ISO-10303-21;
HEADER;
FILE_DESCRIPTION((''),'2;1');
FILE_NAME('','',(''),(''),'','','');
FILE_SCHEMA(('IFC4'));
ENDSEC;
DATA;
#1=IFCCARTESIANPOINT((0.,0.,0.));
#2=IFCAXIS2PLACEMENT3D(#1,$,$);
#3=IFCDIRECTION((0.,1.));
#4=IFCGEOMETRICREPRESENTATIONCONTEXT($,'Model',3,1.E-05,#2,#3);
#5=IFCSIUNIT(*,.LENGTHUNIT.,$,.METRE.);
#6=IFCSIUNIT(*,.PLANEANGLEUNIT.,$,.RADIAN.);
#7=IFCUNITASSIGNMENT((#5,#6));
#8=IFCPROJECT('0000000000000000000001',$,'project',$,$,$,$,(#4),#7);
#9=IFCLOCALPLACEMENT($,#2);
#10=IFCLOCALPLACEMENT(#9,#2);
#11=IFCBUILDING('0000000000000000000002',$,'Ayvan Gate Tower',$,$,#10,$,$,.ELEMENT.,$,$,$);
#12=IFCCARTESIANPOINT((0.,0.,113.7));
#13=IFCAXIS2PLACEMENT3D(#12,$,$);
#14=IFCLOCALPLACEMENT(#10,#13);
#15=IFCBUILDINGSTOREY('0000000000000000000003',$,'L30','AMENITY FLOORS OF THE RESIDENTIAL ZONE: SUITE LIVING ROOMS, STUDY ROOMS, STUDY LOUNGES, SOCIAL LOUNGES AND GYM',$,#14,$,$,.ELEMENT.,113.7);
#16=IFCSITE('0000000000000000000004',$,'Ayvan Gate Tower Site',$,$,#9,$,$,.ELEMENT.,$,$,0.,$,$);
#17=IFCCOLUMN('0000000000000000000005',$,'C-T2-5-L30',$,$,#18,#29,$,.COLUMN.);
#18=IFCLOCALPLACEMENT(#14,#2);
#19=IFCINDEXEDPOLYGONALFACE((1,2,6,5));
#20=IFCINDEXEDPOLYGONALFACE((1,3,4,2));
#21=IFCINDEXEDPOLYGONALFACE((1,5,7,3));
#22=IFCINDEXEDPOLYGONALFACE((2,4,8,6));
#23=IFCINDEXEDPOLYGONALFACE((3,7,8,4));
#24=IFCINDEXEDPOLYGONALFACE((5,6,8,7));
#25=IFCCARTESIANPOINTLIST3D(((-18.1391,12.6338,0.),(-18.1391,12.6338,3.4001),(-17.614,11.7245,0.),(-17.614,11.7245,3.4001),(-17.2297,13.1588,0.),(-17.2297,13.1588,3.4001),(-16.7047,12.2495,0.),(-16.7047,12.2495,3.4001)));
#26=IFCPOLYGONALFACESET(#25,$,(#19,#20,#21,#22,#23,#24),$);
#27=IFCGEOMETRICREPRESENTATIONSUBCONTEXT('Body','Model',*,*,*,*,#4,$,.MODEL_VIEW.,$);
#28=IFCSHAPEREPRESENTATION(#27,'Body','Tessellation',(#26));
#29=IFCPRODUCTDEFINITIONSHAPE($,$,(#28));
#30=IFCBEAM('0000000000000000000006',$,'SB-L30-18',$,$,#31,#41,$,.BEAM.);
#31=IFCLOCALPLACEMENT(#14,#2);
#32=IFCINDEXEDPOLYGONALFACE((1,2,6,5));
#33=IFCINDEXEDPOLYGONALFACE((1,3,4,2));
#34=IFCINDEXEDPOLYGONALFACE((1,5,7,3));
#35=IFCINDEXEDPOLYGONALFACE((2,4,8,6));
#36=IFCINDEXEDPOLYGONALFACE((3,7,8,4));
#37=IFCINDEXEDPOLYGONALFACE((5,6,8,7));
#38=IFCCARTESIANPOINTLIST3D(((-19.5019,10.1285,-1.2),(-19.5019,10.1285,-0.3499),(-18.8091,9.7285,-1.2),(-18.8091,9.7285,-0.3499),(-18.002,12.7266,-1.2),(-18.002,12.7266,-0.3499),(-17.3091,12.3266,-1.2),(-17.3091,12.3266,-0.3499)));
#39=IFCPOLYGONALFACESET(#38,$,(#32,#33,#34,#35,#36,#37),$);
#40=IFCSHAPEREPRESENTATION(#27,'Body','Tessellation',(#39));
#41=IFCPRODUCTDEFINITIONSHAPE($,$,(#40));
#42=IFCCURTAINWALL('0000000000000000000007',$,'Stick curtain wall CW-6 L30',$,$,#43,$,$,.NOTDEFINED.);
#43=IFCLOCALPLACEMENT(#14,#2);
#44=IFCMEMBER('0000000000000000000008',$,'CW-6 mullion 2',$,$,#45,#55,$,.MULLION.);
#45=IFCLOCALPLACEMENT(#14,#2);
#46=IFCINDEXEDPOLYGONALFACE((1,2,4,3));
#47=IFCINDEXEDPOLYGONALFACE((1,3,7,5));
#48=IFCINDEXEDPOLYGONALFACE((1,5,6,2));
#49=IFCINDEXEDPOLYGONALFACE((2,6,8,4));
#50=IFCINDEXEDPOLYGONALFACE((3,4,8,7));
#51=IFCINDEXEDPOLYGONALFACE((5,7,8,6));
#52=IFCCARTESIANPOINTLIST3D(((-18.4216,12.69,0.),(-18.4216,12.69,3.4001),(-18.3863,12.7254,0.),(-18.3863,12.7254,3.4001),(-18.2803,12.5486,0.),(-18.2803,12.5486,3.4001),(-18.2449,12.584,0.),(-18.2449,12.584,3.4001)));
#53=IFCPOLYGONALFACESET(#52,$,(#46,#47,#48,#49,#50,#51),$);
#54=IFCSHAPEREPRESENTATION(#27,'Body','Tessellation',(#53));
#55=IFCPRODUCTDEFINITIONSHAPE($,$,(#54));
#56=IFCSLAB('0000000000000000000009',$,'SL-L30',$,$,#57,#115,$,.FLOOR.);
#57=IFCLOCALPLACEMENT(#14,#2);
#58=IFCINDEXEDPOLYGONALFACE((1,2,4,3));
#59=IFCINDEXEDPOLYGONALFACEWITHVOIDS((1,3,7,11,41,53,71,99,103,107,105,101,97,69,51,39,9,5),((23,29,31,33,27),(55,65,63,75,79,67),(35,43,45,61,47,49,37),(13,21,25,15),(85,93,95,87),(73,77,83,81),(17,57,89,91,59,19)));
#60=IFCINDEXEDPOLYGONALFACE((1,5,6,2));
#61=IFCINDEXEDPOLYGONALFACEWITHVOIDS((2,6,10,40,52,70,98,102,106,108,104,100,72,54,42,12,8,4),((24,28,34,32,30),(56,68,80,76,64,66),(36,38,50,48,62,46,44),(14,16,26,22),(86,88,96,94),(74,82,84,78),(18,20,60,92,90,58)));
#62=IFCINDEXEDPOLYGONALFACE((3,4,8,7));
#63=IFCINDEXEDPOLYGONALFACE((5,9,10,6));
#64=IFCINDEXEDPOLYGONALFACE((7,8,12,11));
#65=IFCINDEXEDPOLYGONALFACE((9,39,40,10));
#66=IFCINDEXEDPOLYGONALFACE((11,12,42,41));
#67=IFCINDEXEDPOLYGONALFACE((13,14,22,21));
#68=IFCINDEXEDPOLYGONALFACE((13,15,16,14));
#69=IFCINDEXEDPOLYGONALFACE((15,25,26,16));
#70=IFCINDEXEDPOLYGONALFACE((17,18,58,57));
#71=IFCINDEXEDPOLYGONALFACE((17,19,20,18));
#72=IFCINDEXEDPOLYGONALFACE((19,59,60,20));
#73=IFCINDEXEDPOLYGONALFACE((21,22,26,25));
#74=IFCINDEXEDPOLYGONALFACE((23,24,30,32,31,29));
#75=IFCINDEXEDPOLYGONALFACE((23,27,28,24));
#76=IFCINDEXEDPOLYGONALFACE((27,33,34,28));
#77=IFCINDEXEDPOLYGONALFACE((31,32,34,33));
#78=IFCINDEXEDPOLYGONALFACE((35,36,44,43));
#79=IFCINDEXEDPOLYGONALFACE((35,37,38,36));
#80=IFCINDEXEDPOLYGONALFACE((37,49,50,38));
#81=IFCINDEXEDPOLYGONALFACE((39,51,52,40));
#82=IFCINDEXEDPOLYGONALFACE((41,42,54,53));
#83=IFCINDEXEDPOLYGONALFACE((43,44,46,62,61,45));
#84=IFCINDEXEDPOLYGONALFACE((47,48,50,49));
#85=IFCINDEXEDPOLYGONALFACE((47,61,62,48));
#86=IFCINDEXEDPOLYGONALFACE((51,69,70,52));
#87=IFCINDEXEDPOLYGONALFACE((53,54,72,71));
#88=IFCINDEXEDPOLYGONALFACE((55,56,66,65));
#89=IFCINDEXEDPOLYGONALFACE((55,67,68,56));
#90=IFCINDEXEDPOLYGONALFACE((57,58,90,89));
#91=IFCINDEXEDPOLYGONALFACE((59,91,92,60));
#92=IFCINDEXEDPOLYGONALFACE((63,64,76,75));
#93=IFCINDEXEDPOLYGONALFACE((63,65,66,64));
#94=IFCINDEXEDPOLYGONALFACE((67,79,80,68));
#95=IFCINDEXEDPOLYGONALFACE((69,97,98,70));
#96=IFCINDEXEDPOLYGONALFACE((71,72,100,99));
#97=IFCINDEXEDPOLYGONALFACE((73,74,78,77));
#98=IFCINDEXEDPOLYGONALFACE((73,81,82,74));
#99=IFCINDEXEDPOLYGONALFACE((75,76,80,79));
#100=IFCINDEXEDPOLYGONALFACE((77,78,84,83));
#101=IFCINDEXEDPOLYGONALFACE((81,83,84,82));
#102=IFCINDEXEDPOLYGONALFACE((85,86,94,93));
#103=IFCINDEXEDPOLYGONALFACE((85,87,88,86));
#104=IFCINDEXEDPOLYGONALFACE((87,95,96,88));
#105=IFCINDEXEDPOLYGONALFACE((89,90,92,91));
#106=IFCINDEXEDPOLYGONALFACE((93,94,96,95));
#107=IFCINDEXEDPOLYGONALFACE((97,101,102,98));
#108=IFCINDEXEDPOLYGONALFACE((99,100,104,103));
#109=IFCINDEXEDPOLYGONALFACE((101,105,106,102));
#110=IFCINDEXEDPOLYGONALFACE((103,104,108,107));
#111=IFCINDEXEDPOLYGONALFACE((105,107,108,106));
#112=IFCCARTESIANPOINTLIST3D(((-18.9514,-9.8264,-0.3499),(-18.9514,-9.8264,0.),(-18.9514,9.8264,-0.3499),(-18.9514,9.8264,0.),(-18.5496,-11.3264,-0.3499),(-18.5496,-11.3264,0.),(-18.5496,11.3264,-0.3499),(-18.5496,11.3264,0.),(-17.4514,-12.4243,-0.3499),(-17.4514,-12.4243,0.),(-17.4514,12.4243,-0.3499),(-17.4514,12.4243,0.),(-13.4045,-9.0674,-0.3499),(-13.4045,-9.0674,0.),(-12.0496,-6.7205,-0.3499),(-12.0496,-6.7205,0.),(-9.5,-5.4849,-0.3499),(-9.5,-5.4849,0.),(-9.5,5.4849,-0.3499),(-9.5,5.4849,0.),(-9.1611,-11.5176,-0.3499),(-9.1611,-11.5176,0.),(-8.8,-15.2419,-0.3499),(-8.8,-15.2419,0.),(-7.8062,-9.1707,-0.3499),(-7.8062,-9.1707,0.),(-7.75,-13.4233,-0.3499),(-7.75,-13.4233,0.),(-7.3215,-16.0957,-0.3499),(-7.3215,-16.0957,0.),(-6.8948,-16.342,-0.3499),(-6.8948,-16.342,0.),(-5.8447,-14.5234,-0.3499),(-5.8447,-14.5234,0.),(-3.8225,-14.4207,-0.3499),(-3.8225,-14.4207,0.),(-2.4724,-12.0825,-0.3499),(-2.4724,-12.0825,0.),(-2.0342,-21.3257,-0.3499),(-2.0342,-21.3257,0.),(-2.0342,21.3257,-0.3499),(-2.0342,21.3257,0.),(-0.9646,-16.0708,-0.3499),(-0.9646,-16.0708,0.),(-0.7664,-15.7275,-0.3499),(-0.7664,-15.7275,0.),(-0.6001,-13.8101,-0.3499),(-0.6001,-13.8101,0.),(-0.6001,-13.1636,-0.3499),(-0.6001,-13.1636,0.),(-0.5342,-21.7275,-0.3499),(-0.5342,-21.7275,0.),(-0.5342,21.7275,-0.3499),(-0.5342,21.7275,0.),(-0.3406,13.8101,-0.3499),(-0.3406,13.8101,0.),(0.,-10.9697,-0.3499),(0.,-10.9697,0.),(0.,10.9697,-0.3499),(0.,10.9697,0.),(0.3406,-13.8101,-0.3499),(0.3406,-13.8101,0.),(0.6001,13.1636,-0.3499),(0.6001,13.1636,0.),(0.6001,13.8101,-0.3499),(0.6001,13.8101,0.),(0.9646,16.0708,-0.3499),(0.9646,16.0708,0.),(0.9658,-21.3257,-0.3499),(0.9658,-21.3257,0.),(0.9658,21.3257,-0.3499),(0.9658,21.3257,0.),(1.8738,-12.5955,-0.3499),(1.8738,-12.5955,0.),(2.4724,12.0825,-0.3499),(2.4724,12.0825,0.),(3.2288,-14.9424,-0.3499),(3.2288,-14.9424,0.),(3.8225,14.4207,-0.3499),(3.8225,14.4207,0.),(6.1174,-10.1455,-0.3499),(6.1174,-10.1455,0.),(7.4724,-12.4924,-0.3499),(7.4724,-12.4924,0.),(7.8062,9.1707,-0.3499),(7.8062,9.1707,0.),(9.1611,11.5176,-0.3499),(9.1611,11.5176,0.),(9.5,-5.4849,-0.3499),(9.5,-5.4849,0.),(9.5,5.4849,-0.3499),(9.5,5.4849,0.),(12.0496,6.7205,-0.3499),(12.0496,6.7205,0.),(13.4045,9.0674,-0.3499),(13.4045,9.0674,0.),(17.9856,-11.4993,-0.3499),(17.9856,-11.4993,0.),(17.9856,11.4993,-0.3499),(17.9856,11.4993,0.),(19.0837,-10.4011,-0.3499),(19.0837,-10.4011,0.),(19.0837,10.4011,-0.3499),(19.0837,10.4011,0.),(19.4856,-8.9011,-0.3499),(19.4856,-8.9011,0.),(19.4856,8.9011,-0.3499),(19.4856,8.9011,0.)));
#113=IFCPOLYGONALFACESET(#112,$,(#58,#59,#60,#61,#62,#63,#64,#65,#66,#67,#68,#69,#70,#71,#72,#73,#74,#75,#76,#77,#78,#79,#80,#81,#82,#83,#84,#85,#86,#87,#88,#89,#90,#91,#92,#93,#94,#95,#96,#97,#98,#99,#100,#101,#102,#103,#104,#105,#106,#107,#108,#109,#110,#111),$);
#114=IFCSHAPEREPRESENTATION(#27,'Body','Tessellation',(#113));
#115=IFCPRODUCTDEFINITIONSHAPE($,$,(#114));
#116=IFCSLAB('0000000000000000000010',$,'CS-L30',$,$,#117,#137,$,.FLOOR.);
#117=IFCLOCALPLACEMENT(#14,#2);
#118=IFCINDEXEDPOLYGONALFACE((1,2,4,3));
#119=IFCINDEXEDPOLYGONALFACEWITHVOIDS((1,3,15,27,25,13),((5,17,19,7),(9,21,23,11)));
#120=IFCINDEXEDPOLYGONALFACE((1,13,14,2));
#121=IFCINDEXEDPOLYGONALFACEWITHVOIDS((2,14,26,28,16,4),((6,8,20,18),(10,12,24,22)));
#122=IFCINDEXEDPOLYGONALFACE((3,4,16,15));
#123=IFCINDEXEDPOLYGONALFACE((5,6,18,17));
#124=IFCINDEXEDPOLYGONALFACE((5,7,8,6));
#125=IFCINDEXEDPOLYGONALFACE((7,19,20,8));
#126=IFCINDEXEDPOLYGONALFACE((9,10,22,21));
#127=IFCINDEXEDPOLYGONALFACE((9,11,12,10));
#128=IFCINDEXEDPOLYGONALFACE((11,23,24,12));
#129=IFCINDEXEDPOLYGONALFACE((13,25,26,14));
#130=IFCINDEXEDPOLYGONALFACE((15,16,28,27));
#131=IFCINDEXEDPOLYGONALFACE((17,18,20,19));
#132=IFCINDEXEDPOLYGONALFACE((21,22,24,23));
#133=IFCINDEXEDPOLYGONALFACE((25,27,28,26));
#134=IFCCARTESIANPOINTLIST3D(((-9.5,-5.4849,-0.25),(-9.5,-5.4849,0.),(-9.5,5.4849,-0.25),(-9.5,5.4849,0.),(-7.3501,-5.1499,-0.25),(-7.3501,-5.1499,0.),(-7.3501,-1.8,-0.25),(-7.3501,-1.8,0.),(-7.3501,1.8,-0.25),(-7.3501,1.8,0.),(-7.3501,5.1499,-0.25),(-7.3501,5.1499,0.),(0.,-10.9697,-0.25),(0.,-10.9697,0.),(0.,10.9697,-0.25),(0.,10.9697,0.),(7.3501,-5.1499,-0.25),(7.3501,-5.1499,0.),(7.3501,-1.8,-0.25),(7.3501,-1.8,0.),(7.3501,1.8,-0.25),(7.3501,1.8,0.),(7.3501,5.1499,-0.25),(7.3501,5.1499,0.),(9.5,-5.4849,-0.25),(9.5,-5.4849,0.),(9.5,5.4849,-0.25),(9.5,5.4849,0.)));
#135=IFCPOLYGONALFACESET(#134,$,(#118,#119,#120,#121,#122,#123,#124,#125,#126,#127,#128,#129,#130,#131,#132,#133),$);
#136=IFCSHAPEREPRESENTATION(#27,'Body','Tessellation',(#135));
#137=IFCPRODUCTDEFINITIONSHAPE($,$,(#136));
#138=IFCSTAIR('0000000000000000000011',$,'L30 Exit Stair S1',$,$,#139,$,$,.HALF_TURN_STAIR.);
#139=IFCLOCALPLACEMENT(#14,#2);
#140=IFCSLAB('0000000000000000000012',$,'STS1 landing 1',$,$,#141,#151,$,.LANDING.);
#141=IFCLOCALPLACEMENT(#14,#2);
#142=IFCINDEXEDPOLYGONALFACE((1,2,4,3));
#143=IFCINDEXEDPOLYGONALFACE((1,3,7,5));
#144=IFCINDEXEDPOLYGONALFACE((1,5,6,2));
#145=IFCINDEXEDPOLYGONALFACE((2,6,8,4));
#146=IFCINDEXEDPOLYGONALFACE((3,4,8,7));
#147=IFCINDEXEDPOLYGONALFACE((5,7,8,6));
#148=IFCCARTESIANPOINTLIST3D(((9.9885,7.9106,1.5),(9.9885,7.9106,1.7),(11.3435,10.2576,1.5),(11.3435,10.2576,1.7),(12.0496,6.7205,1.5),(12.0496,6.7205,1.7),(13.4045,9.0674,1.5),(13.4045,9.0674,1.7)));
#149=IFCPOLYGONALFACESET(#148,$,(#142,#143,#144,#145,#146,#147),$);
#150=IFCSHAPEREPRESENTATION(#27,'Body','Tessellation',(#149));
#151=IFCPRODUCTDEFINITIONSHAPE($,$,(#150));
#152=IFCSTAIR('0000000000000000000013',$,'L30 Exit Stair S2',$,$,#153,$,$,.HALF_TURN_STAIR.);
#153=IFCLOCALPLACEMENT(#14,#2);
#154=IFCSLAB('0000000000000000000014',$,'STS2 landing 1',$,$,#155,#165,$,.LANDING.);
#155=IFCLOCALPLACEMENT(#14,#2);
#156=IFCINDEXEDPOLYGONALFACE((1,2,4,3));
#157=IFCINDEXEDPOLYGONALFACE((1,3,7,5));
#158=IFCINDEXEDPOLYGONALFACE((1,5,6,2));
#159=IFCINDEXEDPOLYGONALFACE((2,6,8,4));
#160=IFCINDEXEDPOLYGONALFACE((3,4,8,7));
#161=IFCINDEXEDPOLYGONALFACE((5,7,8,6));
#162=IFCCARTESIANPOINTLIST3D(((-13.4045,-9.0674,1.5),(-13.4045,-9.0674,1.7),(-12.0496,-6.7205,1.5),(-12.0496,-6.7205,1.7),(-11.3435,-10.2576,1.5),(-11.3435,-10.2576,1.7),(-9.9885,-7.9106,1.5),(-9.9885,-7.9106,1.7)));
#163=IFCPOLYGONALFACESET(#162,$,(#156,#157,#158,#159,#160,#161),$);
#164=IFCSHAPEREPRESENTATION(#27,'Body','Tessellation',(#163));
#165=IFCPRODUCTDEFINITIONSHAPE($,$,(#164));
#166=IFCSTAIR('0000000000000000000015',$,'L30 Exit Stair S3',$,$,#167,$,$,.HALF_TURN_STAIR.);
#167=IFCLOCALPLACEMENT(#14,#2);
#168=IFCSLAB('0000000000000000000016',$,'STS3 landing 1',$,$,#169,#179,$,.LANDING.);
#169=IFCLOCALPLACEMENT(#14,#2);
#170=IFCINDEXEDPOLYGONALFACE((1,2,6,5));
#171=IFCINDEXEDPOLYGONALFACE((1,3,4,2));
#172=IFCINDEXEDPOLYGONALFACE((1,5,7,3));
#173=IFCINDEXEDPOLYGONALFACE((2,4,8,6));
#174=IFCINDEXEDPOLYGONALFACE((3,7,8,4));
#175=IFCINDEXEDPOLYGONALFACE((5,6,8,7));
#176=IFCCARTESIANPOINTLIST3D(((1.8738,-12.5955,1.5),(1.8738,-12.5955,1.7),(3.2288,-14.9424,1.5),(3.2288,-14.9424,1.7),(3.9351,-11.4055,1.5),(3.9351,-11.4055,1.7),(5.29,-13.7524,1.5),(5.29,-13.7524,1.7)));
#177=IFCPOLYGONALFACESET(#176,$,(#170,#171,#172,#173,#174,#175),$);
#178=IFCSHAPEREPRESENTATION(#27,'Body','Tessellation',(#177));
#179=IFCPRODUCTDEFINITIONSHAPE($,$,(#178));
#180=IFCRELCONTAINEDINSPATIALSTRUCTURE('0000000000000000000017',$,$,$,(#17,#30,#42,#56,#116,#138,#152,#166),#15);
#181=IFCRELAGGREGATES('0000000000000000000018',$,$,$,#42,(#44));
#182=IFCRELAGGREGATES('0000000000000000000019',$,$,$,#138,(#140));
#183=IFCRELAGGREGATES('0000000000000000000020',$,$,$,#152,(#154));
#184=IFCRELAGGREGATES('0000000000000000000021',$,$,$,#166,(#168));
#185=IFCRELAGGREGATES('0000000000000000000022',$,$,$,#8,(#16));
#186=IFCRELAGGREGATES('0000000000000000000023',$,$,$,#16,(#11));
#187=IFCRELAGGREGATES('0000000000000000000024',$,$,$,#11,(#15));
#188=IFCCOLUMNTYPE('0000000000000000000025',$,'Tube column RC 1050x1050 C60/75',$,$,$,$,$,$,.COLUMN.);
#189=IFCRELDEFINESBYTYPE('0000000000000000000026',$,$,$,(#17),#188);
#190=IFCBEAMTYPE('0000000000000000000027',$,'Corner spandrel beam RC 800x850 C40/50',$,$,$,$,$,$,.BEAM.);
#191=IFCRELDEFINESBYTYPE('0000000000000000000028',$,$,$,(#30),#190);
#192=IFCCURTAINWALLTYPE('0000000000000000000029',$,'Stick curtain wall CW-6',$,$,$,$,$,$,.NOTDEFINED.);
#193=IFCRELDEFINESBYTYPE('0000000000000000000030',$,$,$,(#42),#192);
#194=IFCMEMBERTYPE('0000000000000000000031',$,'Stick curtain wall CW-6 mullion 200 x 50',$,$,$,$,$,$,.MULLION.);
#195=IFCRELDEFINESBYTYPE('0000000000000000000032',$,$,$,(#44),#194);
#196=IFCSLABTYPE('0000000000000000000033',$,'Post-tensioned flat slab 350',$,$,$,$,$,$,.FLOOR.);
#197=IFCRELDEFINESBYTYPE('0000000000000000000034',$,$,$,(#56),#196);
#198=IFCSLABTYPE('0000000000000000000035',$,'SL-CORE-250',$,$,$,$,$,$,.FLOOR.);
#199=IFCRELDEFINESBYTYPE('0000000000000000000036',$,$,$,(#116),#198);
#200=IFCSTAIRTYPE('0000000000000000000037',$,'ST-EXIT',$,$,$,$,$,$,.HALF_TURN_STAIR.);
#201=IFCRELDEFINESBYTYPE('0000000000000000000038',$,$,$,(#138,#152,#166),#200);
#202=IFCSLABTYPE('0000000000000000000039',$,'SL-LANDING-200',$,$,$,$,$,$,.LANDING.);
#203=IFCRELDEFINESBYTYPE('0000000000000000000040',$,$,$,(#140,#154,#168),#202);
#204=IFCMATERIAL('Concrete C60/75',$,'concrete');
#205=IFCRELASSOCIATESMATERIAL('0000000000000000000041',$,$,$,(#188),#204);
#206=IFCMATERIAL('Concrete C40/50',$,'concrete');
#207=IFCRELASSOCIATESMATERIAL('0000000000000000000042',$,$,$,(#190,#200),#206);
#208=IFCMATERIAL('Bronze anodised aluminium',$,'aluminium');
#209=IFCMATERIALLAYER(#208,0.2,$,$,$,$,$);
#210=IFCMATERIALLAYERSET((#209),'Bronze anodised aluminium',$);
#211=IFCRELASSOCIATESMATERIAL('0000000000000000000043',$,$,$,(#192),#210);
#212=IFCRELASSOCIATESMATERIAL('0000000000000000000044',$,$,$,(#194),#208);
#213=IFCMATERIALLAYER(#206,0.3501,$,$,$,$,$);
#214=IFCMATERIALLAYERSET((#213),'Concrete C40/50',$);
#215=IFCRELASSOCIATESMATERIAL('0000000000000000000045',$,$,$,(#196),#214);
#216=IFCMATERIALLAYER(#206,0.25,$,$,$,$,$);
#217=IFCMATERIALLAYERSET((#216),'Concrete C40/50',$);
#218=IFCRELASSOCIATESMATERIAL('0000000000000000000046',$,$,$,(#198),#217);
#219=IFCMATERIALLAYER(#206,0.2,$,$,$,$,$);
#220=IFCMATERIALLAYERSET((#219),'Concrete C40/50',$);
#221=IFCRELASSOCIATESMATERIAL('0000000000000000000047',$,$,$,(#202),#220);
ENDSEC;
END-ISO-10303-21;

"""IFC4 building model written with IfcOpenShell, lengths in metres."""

from ifc_helpers import new_model, si_unit, direction, frame, origin, origin_2d, place, context, subcontext, project, spatial, polyline, rectangle, outline, extrude, material, layer, layer_set, material_profile, profile_set, type_object, element, aggregate, save


model = new_model("IFC4")

# Units and contexts
model_context = context("Model", 3, precision=1e-05, world=origin(), true_north=direction((0.0, 1.0)))
body_context = subcontext(model_context, "Body", "Model", "MODEL_VIEW")
ifc_project = project(units=[si_unit("LENGTHUNIT", "METRE"), si_unit("PLANEANGLEUNIT", "RADIAN")], contexts=[model_context])

# Site, building, storey
site_placement = place(None, origin())
site = spatial("IfcSite", under=ifc_project, at=site_placement, Name="Ayvan Gate Tower Site", CompositionType="ELEMENT", RefElevation=0.0)
building_placement = place(site_placement, origin())
building = spatial("IfcBuilding", under=site, at=building_placement, Name="Ayvan Gate Tower", CompositionType="ELEMENT")
storey_placement = place(building_placement, frame((0.0, 0.0, 113.7)))
storey = spatial("IfcBuildingStorey", under=building, at=storey_placement, Name="L30", Description="AMENITY FLOORS OF THE RESIDENTIAL ZONE: SUITE LIVING ROOMS, STUDY ROOMS, STUDY LOUNGES, SOCIAL LOUNGES AND GYM", CompositionType="ELEMENT", Elevation=113.7)

# Column
ifc_material_1 = material(Name="Concrete C60/75", Category="concrete")
ifc_material_profile_1 = material_profile(ifc_material_1, rectangle(XDim=1.05, YDim=1.05, at=origin_2d()), Name="RC 1050x1050")
ifc_profile_set_1 = profile_set([ifc_material_profile_1], Name="Concrete C60/75")
column_type = type_object("IfcColumnType", Name="Tube column RC 1050x1050 C60/75", PredefinedType="COLUMN", material=ifc_profile_set_1)
column_placement = place(storey_placement, frame((-17.4219, 12.4417, 0.0), z_axis=(0.0, 0.0, 1.0), x_axis=(-0.5, 0.866025, 0.0)))
element("IfcColumn", 1, at=column_placement, inside=storey, type_object=column_type, Name="C-T2-5-L30", PredefinedType="COLUMN", context=body_context, shape_type="SweptSolid", body=[
    extrude(rectangle(XDim=1.05, YDim=1.05, at=origin_2d()), origin(), (0.0, 0.0, 1.0), 3.4001),
])

# Beam
ifc_material_2 = material(Name="Concrete C40/50", Category="concrete")
ifc_material_profile_2 = material_profile(ifc_material_2, rectangle(XDim=0.8, YDim=0.8501, at=origin_2d()), Name="RC 800x850")
ifc_profile_set_2 = profile_set([ifc_material_profile_2], Name="Concrete C40/50")
beam_type = type_object("IfcBeamType", Name="Corner spandrel beam RC 800x850 C40/50", PredefinedType="BEAM", material=ifc_profile_set_2)
beam_placement = place(storey_placement, frame((-17.6555, 12.5266, -0.7749), z_axis=(-0.49999, -0.866031, 0.0), x_axis=(0.866031, -0.49999, 0.0)))
element("IfcBeam", 2, at=beam_placement, inside=storey, type_object=beam_type, Name="SB-L30-18", PredefinedType="BEAM", context=body_context, shape_type="SweptSolid", body=[
    extrude(rectangle(XDim=0.8, YDim=0.8501, at=origin_2d()), origin(), (0.0, 0.0, 1.0), 3.0),
])

# Curtain wall, member
ifc_material_3 = material(Name="Bronze anodised aluminium", Category="aluminium")
ifc_layer_1 = layer(ifc_material_3, 0.2)
ifc_layer_set_1 = layer_set([ifc_layer_1], Name="Bronze anodised aluminium")
curtain_wall_type = type_object("IfcCurtainWallType", Name="Stick curtain wall CW-6", PredefinedType="NOTDEFINED", material=ifc_layer_set_1)
curtain_wall_placement = place(storey_placement, origin())
curtain_wall = element("IfcCurtainWall", 3, at=curtain_wall_placement, inside=storey, type_object=curtain_wall_type, Name="Stick curtain wall CW-6 L30", PredefinedType="NOTDEFINED")
ifc_material_profile_3 = material_profile(ifc_material_3, rectangle(XDim=0.2, YDim=0.05, at=origin_2d()), Name="Stick curtain wall CW-6 mullion 200 x 50")
ifc_profile_set_3 = profile_set([ifc_material_profile_3], Name="Bronze anodised aluminium")
member_type = type_object("IfcMemberType", Name="Stick curtain wall CW-6 mullion 200 x 50", PredefinedType="MULLION", material=ifc_profile_set_3)
member_placement = place(storey_placement, frame((-18.3333, 12.637, 0.0), z_axis=(0.0, 0.0, 1.0), x_axis=(-0.707107, 0.707107, 0.0)))
member = element("IfcMember", 4, at=member_placement, type_object=member_type, Name="CW-6 mullion 2", PredefinedType="MULLION", context=body_context, shape_type="SweptSolid", body=[
    extrude(rectangle(XDim=0.2, YDim=0.05, at=origin_2d()), origin(), (0.0, 0.0, 1.0), 3.4001),
])
aggregate(curtain_wall, [member])

# Slabs
ifc_layer_2 = layer(ifc_material_2, 0.3501)
ifc_layer_set_2 = layer_set([ifc_layer_2], Name="Concrete C40/50")
slab_type_1 = type_object("IfcSlabType", Name="Post-tensioned flat slab 350", PredefinedType="FLOOR", material=ifc_layer_set_2)
slab_1_placement = place(storey_placement, frame((0.0, 0.0, -0.3499)))
element("IfcSlab", 5, at=slab_1_placement, inside=storey, type_object=slab_type_1, Name="SL-L30", PredefinedType="FLOOR", context=body_context, shape_type="SweptSolid", body=[
    extrude(outline(polyline([(-0.5342, -21.7275), (-2.0342, -21.3257), (-17.4514, -12.4243), (-18.5496, -11.3264), (-18.9514, -9.8264), (-18.9514, 9.8264), (-18.5496, 11.3264), (-17.4514, 12.4243), (-2.0342, 21.3257), (-0.5342, 21.7275), (0.9658, 21.3257), (17.9856, 11.4993), (19.0837, 10.4011), (19.4856, 8.9011), (19.4856, -8.9011), (19.0837, -10.4011), (17.9856, -11.4993), (0.9658, -21.3257), (-0.5342, -21.7275)]), holes=[polyline([(13.4045, 9.0674), (9.1611, 11.5176), (7.8062, 9.1707), (12.0496, 6.7205), (13.4045, 9.0674)]), polyline([(0.0, 10.9697), (-9.5, 5.4849), (-9.5, -5.4849), (0.0, -10.9697), (9.5, -5.4849), (9.5, 5.4849), (0.0, 10.9697)]), polyline([(3.2288, -14.9424), (7.4724, -12.4924), (6.1174, -10.1455), (1.8738, -12.5955), (3.2288, -14.9424)]), polyline([(2.4724, 12.0825), (3.8225, 14.4207), (0.9646, 16.0708), (-0.3406, 13.8101), (0.6001, 13.8101), (0.6001, 13.1636), (2.4724, 12.0825)]), polyline([(0.3406, -13.8101), (-0.6001, -13.8101), (-0.6001, -13.1636), (-2.4724, -12.0825), (-3.8225, -14.4207), (-0.9646, -16.0708), (-0.7664, -15.7275), (0.3406, -13.8101)]), polyline([(-5.8447, -14.5234), (-7.75, -13.4233), (-8.8, -15.2419), (-7.3215, -16.0957), (-6.8948, -16.342), (-5.8447, -14.5234)]), polyline([(-7.8062, -9.1707), (-12.0496, -6.7205), (-13.4045, -9.0674), (-9.1611, -11.5176), (-7.8062, -9.1707)])]), origin(), (0.0, 0.0, 1.0), 0.3499),
])
ifc_layer_3 = layer(ifc_material_2, 0.25)
ifc_layer_set_3 = layer_set([ifc_layer_3], Name="Concrete C40/50")
slab_type_2 = type_object("IfcSlabType", Name="SL-CORE-250", PredefinedType="FLOOR", material=ifc_layer_set_3)
slab_2_placement = place(storey_placement, frame((0.0, 0.0, -0.25)))
element("IfcSlab", 6, at=slab_2_placement, inside=storey, type_object=slab_type_2, Name="CS-L30", PredefinedType="FLOOR", context=body_context, shape_type="SweptSolid", body=[
    extrude(outline(polyline([(9.5, -5.4849), (0.0, -10.9697), (-9.5, -5.4849), (-9.5, 5.4849), (0.0, 10.9697), (9.5, 5.4849), (9.5, -5.4849)]), holes=[polyline([(-7.3501, -1.8), (-7.3501, -5.1499), (7.3501, -5.1499), (7.3501, -1.8), (-7.3501, -1.8)]), polyline([(-7.3501, 5.1499), (-7.3501, 1.8), (7.3501, 1.8), (7.3501, 5.1499), (-7.3501, 5.1499)])]), origin(), (0.0, 0.0, 1.0), 0.25),
])

# Stairs, slabs
stair_type = type_object("IfcStairType", Name="ST-EXIT", PredefinedType="HALF_TURN_STAIR", material=ifc_material_2)
stair_1_placement = place(storey_placement, origin())
stair_1 = element("IfcStair", 7, at=stair_1_placement, inside=storey, type_object=stair_type, Name="L30 Exit Stair S1", PredefinedType="HALF_TURN_STAIR")
ifc_layer_4 = layer(ifc_material_2, 0.2)
ifc_layer_set_4 = layer_set([ifc_layer_4], Name="Concrete C40/50")
slab_type_3 = type_object("IfcSlabType", Name="SL-LANDING-200", PredefinedType="LANDING", material=ifc_layer_set_4)
slab_3_placement = place(storey_placement, frame((0.0, 0.0, 1.5)))
slab_3 = element("IfcSlab", 8, at=slab_3_placement, type_object=slab_type_3, Name="STS1 landing 1", PredefinedType="LANDING", context=body_context, shape_type="SweptSolid", body=[
    extrude(outline(polyline([(9.9885, 7.9106), (12.0496, 6.7205), (13.4045, 9.0674), (11.3435, 10.2576), (9.9885, 7.9106)])), origin(), (0.0, 0.0, 1.0), 0.2),
])
aggregate(stair_1, [slab_3])
stair_2_placement = place(storey_placement, origin())
stair_2 = element("IfcStair", 9, at=stair_2_placement, inside=storey, type_object=stair_type, Name="L30 Exit Stair S2", PredefinedType="HALF_TURN_STAIR")
slab_4_placement = place(storey_placement, frame((0.0, 0.0, 1.5)))
slab_4 = element("IfcSlab", 10, at=slab_4_placement, type_object=slab_type_3, Name="STS2 landing 1", PredefinedType="LANDING", context=body_context, shape_type="SweptSolid", body=[
    extrude(outline(polyline([(-9.9885, -7.9106), (-12.0496, -6.7205), (-13.4045, -9.0674), (-11.3435, -10.2576), (-9.9885, -7.9106)])), origin(), (0.0, 0.0, 1.0), 0.2),
])
aggregate(stair_2, [slab_4])
stair_3_placement = place(storey_placement, origin())
stair_3 = element("IfcStair", 11, at=stair_3_placement, inside=storey, type_object=stair_type, Name="L30 Exit Stair S3", PredefinedType="HALF_TURN_STAIR")
slab_5_placement = place(storey_placement, frame((0.0, 0.0, 1.5)))
slab_5 = element("IfcSlab", 12, at=slab_5_placement, type_object=slab_type_3, Name="STS3 landing 1", PredefinedType="LANDING", context=body_context, shape_type="SweptSolid", body=[
    extrude(outline(polyline([(3.9351, -11.4055), (1.8738, -12.5955), (3.2288, -14.9424), (5.29, -13.7524), (3.9351, -11.4055)])), origin(), (0.0, 0.0, 1.0), 0.2),
])
aggregate(stair_3, [slab_5])

save(model, "model.ifc")
